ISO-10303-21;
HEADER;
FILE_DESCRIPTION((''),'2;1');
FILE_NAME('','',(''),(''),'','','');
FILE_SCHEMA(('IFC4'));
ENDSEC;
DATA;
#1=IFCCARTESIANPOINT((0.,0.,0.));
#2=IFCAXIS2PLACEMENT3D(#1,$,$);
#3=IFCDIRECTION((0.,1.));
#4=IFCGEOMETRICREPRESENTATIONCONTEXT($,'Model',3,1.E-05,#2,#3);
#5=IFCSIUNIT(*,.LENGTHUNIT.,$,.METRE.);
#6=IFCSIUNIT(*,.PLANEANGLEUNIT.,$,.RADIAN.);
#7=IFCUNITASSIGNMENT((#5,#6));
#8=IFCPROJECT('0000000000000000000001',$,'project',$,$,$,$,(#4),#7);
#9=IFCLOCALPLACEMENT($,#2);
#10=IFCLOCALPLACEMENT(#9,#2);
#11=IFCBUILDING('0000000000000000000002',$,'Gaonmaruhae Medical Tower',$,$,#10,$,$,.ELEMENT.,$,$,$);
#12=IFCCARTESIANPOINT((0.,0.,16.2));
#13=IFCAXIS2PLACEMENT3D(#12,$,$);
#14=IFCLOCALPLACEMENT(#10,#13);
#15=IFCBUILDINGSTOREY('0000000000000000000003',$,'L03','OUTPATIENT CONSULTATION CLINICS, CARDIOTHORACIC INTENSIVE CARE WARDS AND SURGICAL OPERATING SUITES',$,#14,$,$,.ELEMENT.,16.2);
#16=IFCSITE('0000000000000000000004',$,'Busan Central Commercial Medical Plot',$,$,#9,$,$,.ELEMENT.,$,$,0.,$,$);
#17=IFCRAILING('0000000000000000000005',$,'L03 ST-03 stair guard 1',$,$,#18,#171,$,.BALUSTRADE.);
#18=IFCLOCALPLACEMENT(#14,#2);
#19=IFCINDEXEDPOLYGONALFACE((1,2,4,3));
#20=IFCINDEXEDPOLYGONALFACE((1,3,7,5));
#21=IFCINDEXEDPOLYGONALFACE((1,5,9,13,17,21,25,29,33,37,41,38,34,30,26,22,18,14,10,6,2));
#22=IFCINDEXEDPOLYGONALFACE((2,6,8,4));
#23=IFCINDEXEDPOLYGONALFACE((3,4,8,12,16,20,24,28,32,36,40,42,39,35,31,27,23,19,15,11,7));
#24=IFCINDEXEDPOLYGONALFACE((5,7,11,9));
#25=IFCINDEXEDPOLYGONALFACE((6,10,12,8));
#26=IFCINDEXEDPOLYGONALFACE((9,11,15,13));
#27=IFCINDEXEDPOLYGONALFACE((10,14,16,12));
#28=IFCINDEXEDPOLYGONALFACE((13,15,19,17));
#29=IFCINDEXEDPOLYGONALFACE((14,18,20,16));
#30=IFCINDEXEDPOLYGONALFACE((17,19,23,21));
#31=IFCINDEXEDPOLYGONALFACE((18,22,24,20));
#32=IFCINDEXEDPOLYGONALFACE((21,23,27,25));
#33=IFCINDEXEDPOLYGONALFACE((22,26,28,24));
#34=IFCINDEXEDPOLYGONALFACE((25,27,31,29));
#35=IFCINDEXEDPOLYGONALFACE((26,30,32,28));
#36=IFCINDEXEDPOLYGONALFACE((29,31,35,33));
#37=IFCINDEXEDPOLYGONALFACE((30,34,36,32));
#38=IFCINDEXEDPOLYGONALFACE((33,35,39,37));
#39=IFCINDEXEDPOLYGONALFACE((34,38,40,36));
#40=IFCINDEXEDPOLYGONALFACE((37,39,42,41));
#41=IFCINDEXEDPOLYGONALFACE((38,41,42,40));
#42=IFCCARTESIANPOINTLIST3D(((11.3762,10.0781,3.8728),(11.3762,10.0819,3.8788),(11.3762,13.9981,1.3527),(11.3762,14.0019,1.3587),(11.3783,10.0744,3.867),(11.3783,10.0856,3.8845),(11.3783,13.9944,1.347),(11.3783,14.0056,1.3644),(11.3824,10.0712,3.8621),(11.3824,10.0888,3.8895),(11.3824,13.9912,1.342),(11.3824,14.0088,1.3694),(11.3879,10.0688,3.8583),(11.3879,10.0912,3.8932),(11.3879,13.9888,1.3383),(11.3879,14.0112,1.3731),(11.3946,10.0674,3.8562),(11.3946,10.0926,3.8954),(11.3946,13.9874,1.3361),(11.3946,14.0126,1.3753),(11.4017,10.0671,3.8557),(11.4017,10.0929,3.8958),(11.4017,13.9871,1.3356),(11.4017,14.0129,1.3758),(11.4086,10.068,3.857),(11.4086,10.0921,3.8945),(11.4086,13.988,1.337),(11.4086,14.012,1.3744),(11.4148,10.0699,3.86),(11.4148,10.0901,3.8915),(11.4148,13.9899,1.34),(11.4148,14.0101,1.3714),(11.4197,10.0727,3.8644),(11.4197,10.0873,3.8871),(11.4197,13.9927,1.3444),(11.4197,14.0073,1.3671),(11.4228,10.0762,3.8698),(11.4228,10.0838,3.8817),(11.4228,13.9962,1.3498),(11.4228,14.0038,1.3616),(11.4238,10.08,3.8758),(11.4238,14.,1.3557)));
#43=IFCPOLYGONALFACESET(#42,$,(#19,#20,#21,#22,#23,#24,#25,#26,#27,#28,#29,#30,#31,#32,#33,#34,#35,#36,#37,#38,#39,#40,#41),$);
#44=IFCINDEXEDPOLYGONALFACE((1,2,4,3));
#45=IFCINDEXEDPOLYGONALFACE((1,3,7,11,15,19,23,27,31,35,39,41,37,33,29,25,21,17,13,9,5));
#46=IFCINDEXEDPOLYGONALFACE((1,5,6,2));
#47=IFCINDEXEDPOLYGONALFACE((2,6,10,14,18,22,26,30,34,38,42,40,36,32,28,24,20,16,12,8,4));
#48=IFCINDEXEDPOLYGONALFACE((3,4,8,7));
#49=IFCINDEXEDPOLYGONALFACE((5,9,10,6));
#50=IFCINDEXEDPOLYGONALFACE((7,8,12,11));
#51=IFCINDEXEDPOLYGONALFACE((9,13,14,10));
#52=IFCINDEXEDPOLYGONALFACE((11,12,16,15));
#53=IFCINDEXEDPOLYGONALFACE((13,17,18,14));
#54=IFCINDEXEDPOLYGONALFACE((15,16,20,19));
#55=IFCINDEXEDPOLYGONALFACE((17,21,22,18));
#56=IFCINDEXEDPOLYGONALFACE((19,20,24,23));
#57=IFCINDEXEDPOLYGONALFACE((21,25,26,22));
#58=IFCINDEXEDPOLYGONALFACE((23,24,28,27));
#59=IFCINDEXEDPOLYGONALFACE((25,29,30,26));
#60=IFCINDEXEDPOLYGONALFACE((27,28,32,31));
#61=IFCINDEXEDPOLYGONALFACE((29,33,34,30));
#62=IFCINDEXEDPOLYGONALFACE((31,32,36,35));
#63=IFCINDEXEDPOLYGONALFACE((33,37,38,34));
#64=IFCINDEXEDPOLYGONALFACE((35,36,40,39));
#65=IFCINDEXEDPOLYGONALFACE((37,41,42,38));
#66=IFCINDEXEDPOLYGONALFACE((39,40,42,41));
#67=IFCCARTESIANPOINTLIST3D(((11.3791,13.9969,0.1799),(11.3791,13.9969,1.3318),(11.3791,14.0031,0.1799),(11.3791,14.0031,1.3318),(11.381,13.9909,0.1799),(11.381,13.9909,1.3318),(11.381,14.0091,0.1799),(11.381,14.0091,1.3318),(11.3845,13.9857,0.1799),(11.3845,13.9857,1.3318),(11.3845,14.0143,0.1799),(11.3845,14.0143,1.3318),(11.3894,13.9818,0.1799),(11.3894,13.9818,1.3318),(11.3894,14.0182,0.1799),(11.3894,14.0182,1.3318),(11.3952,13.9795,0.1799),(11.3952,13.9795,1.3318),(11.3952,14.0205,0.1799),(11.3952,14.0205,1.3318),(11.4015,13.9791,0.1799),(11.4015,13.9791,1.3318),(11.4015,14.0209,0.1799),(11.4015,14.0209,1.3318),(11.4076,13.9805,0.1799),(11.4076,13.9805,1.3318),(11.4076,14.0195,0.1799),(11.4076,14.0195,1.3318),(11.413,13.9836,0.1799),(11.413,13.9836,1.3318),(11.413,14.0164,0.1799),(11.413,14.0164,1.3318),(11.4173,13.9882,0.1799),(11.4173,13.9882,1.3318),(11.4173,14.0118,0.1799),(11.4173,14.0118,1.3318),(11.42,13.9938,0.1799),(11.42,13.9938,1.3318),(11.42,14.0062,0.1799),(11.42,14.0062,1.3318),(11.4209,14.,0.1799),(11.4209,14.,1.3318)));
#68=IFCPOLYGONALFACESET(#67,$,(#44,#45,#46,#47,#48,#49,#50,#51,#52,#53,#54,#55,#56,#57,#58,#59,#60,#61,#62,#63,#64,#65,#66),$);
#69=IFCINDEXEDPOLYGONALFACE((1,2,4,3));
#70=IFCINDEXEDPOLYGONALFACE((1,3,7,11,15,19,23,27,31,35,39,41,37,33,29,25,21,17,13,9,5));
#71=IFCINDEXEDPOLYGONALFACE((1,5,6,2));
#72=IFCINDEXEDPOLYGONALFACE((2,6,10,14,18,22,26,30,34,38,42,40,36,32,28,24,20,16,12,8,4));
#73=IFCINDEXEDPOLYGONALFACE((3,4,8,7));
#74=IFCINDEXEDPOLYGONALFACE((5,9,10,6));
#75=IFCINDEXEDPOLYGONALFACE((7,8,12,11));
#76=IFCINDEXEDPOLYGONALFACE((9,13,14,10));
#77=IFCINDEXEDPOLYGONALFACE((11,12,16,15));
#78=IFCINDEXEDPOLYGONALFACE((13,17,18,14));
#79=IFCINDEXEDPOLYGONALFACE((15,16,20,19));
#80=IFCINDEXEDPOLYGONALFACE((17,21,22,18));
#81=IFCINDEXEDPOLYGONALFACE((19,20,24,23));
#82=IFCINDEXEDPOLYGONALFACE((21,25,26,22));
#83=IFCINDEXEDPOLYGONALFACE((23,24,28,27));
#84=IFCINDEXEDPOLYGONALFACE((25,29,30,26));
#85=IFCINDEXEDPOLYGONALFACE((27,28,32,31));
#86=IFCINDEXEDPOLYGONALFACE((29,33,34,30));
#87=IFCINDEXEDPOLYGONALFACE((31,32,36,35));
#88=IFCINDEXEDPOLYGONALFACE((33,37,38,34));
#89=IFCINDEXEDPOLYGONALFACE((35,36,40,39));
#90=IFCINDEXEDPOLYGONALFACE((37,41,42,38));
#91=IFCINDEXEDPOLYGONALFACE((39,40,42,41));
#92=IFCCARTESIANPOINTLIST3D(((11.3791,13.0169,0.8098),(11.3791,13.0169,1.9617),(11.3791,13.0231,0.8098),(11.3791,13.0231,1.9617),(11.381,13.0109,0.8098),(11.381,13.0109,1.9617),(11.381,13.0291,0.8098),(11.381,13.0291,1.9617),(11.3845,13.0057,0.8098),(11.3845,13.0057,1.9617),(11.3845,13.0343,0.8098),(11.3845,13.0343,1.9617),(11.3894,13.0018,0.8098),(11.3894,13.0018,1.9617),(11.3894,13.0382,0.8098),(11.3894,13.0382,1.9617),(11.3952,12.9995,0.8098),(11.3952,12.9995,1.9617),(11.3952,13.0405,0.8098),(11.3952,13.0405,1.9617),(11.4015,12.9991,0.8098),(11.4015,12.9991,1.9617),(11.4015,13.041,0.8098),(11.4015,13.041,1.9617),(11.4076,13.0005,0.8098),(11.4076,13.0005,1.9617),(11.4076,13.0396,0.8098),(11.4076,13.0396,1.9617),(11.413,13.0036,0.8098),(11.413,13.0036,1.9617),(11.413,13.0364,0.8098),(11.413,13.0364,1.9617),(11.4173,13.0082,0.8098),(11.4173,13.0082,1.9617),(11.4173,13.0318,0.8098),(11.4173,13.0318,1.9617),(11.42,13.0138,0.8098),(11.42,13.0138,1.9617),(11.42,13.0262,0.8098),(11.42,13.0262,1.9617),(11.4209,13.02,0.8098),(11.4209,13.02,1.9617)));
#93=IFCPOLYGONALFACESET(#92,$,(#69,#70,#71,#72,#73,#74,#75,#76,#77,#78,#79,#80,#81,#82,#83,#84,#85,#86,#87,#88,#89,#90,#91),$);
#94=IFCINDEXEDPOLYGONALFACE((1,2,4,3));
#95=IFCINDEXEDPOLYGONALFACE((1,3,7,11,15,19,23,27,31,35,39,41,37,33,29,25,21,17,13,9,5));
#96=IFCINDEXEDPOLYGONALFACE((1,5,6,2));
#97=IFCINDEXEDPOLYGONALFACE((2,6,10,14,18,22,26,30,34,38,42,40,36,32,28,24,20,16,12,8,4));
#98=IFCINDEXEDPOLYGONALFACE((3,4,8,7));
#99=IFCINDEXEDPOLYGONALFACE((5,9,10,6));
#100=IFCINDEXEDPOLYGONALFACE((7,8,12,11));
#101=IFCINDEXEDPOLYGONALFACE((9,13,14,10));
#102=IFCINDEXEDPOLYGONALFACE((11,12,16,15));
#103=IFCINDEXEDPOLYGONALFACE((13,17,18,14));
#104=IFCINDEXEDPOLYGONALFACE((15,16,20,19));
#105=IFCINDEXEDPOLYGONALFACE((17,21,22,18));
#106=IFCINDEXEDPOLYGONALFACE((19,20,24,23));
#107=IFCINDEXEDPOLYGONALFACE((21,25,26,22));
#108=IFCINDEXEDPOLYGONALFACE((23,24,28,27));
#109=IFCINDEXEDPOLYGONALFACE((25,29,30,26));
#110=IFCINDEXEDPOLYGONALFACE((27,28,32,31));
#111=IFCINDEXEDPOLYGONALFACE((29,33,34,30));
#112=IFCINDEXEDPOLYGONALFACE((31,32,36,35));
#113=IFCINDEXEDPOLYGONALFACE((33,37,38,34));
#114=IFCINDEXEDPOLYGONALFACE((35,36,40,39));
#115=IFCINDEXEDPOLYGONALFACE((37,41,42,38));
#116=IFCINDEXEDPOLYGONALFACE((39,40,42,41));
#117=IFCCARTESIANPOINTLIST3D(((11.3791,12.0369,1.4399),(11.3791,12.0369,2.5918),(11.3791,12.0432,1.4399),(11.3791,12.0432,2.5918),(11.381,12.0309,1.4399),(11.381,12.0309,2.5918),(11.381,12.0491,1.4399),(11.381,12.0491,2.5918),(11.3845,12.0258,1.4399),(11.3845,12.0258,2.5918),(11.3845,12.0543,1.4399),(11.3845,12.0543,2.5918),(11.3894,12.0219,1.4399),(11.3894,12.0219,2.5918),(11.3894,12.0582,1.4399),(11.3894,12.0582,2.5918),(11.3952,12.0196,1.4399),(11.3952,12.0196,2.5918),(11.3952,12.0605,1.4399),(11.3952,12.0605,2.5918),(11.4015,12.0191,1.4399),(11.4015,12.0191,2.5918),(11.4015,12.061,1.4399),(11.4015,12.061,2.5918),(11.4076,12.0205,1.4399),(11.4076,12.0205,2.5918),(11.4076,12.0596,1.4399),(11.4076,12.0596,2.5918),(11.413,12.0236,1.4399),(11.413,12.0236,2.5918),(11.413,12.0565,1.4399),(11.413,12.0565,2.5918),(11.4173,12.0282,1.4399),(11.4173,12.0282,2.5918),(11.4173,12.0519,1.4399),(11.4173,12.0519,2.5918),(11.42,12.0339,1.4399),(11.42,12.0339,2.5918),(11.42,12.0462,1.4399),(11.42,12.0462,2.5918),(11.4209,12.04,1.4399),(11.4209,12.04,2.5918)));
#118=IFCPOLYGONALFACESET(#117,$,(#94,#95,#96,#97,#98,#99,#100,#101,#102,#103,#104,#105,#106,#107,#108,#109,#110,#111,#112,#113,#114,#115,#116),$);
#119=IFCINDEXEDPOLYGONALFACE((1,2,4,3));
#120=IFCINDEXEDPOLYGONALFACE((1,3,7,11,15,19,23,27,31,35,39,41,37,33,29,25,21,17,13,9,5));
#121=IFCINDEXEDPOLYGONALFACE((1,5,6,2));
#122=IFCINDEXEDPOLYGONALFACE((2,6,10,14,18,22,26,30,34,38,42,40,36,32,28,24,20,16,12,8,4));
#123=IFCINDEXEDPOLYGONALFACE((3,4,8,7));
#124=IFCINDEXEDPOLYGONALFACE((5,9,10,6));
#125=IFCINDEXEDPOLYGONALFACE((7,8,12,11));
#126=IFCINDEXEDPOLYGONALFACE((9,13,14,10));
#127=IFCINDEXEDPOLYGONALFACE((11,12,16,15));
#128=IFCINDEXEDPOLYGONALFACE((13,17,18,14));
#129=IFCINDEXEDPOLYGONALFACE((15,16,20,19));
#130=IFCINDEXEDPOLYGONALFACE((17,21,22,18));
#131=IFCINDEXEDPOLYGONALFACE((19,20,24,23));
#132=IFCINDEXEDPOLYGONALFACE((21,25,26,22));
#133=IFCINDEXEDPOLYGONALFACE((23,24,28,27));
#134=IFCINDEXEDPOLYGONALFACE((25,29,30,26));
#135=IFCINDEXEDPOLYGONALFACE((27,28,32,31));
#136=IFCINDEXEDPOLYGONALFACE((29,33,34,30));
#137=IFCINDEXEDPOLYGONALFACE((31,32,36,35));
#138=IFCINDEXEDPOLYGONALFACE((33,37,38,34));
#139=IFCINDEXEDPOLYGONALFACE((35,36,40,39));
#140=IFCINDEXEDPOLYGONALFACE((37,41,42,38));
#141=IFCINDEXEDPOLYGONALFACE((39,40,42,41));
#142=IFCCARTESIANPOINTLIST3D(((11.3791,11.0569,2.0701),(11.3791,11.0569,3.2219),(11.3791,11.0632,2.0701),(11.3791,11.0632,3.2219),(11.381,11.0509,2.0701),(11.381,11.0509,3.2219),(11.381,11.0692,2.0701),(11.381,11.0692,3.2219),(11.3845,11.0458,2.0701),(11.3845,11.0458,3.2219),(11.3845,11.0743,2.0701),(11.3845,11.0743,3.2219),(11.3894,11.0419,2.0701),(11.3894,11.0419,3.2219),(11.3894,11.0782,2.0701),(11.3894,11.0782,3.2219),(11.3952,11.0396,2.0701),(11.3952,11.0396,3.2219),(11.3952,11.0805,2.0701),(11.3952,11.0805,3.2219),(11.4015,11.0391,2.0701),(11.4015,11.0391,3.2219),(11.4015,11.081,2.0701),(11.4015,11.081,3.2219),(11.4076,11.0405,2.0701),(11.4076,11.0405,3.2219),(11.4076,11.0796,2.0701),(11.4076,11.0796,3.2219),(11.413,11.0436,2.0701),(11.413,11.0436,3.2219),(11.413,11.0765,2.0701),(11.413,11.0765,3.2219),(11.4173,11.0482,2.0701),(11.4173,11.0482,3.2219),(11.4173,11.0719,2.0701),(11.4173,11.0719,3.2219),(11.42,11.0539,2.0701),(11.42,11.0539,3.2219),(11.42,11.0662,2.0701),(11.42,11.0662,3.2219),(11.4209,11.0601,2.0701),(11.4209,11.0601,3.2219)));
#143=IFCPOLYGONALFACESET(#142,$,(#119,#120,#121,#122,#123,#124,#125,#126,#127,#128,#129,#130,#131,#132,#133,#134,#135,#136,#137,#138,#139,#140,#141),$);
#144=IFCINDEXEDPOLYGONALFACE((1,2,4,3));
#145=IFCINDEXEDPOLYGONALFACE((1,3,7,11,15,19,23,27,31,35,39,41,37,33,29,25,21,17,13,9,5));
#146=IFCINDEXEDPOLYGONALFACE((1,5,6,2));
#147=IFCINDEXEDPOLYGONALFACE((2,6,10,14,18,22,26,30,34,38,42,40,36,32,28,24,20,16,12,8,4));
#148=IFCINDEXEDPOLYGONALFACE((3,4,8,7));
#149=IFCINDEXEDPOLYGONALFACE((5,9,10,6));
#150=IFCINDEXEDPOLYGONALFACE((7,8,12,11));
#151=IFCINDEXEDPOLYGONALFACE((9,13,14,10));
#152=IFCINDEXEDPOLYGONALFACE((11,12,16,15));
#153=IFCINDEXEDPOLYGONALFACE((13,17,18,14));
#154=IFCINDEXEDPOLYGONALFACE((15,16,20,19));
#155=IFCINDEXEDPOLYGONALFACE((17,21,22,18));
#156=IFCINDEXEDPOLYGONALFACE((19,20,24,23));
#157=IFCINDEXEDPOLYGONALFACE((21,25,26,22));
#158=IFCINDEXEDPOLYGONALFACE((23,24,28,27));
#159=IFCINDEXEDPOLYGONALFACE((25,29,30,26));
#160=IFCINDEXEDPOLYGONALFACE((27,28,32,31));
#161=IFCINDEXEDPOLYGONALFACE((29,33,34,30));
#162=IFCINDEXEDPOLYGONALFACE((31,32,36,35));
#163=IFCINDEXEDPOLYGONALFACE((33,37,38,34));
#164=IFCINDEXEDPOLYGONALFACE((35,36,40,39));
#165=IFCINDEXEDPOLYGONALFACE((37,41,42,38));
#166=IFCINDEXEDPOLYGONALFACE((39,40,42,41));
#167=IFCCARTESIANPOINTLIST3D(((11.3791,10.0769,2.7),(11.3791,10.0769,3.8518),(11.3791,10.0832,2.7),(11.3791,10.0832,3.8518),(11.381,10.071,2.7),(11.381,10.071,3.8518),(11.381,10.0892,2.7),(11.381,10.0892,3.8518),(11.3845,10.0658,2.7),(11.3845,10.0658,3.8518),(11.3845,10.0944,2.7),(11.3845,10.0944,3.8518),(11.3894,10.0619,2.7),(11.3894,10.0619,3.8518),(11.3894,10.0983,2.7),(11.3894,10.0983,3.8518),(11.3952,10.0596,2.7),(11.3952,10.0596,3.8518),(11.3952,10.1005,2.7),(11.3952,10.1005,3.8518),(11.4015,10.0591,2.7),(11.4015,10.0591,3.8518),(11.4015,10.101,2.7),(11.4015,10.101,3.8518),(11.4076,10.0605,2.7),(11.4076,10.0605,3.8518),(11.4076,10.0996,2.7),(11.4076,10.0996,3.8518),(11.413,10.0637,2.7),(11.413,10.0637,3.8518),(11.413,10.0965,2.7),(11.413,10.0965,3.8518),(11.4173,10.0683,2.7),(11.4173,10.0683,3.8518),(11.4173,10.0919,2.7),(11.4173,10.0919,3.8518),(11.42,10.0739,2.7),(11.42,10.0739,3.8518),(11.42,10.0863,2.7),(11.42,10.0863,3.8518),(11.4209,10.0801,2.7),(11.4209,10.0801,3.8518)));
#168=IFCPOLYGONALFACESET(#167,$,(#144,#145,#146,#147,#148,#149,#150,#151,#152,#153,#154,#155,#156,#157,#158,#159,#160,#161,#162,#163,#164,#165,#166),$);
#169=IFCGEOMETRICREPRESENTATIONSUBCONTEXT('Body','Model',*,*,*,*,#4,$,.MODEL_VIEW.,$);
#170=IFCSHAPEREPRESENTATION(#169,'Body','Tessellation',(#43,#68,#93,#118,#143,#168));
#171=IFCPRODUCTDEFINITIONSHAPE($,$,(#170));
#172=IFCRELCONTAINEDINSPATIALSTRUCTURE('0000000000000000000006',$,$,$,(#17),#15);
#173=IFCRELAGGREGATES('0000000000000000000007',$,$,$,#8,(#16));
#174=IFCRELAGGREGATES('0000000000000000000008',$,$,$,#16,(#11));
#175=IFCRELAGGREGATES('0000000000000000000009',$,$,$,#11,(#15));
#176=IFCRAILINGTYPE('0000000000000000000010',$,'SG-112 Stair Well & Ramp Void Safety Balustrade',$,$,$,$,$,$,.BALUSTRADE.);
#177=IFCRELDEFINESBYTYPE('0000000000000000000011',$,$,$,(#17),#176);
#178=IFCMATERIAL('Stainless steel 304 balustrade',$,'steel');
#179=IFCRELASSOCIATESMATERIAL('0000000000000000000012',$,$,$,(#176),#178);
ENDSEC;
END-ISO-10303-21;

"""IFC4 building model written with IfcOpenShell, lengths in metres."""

from ifc_helpers import new_model, si_unit, direction, frame, origin, origin_2d, place, context, subcontext, project, spatial, circle, extrude, material, type_object, element, save


model = new_model("IFC4")

# Units and contexts
model_context = context("Model", 3, precision=1e-05, world=origin(), true_north=direction((0.0, 1.0)))
body_context = subcontext(model_context, "Body", "Model", "MODEL_VIEW")
ifc_project = project(units=[si_unit("LENGTHUNIT", "METRE"), si_unit("PLANEANGLEUNIT", "RADIAN")], contexts=[model_context])

# Site, building, storey
site_placement = place(None, origin())
site = spatial("IfcSite", under=ifc_project, at=site_placement, Name="Busan Central Commercial Medical Plot", CompositionType="ELEMENT", RefElevation=0.0)
building_placement = place(site_placement, origin())
building = spatial("IfcBuilding", under=site, at=building_placement, Name="Gaonmaruhae Medical Tower", CompositionType="ELEMENT")
storey_placement = place(building_placement, frame((0.0, 0.0, 16.2)))
storey = spatial("IfcBuildingStorey", under=building, at=storey_placement, Name="L03", Description="OUTPATIENT CONSULTATION CLINICS, CARDIOTHORACIC INTENSIVE CARE WARDS AND SURGICAL OPERATING SUITES", CompositionType="ELEMENT", Elevation=16.2)

# Railing
ifc_material_1 = material(Name="Stainless steel 304 balustrade", Category="steel")
railing_type_1 = type_object("IfcRailingType", Name="SG-112 Stair Well & Ramp Void Safety Balustrade", PredefinedType="BALUSTRADE", material=ifc_material_1)
railing_1_placement = place(storey_placement, frame((11.3999, 14.0, 0.1799)))
element("IfcRailing", 1, at=railing_1_placement, inside=storey, type_object=railing_type_1, Name="L03 ST-03 stair guard 1", PredefinedType="BALUSTRADE", context=body_context, shape_type="SweptSolid", body=[
    extrude(circle(Radius=0.0239, at=origin_2d()), frame((0.0, 0.0, 1.1758), z_axis=(0.0, -0.841172, 0.540768), x_axis=(1.0, 0.0, 0.0)), (0.0, 0.0, 1.0), 4.6602),
    extrude(circle(Radius=0.021, at=origin_2d()), origin(), (0.0, 0.0, 1.0), 1.1519),
    extrude(circle(Radius=0.021, at=origin_2d()), frame((0.0, -0.98, 0.6299)), (0.0, 0.0, 1.0), 1.1519),
    extrude(circle(Radius=0.021, at=origin_2d()), frame((0.0, -1.96, 1.26)), (0.0, 0.0, 1.0), 1.1519),
    extrude(circle(Radius=0.021, at=origin_2d()), frame((0.0, -2.9399, 1.8901)), (0.0, 0.0, 1.0), 1.1519),
    extrude(circle(Radius=0.021, at=origin_2d()), frame((0.0, -3.9199, 2.52)), (0.0, 0.0, 1.0), 1.1519),
])

save(model, "model.ifc")
